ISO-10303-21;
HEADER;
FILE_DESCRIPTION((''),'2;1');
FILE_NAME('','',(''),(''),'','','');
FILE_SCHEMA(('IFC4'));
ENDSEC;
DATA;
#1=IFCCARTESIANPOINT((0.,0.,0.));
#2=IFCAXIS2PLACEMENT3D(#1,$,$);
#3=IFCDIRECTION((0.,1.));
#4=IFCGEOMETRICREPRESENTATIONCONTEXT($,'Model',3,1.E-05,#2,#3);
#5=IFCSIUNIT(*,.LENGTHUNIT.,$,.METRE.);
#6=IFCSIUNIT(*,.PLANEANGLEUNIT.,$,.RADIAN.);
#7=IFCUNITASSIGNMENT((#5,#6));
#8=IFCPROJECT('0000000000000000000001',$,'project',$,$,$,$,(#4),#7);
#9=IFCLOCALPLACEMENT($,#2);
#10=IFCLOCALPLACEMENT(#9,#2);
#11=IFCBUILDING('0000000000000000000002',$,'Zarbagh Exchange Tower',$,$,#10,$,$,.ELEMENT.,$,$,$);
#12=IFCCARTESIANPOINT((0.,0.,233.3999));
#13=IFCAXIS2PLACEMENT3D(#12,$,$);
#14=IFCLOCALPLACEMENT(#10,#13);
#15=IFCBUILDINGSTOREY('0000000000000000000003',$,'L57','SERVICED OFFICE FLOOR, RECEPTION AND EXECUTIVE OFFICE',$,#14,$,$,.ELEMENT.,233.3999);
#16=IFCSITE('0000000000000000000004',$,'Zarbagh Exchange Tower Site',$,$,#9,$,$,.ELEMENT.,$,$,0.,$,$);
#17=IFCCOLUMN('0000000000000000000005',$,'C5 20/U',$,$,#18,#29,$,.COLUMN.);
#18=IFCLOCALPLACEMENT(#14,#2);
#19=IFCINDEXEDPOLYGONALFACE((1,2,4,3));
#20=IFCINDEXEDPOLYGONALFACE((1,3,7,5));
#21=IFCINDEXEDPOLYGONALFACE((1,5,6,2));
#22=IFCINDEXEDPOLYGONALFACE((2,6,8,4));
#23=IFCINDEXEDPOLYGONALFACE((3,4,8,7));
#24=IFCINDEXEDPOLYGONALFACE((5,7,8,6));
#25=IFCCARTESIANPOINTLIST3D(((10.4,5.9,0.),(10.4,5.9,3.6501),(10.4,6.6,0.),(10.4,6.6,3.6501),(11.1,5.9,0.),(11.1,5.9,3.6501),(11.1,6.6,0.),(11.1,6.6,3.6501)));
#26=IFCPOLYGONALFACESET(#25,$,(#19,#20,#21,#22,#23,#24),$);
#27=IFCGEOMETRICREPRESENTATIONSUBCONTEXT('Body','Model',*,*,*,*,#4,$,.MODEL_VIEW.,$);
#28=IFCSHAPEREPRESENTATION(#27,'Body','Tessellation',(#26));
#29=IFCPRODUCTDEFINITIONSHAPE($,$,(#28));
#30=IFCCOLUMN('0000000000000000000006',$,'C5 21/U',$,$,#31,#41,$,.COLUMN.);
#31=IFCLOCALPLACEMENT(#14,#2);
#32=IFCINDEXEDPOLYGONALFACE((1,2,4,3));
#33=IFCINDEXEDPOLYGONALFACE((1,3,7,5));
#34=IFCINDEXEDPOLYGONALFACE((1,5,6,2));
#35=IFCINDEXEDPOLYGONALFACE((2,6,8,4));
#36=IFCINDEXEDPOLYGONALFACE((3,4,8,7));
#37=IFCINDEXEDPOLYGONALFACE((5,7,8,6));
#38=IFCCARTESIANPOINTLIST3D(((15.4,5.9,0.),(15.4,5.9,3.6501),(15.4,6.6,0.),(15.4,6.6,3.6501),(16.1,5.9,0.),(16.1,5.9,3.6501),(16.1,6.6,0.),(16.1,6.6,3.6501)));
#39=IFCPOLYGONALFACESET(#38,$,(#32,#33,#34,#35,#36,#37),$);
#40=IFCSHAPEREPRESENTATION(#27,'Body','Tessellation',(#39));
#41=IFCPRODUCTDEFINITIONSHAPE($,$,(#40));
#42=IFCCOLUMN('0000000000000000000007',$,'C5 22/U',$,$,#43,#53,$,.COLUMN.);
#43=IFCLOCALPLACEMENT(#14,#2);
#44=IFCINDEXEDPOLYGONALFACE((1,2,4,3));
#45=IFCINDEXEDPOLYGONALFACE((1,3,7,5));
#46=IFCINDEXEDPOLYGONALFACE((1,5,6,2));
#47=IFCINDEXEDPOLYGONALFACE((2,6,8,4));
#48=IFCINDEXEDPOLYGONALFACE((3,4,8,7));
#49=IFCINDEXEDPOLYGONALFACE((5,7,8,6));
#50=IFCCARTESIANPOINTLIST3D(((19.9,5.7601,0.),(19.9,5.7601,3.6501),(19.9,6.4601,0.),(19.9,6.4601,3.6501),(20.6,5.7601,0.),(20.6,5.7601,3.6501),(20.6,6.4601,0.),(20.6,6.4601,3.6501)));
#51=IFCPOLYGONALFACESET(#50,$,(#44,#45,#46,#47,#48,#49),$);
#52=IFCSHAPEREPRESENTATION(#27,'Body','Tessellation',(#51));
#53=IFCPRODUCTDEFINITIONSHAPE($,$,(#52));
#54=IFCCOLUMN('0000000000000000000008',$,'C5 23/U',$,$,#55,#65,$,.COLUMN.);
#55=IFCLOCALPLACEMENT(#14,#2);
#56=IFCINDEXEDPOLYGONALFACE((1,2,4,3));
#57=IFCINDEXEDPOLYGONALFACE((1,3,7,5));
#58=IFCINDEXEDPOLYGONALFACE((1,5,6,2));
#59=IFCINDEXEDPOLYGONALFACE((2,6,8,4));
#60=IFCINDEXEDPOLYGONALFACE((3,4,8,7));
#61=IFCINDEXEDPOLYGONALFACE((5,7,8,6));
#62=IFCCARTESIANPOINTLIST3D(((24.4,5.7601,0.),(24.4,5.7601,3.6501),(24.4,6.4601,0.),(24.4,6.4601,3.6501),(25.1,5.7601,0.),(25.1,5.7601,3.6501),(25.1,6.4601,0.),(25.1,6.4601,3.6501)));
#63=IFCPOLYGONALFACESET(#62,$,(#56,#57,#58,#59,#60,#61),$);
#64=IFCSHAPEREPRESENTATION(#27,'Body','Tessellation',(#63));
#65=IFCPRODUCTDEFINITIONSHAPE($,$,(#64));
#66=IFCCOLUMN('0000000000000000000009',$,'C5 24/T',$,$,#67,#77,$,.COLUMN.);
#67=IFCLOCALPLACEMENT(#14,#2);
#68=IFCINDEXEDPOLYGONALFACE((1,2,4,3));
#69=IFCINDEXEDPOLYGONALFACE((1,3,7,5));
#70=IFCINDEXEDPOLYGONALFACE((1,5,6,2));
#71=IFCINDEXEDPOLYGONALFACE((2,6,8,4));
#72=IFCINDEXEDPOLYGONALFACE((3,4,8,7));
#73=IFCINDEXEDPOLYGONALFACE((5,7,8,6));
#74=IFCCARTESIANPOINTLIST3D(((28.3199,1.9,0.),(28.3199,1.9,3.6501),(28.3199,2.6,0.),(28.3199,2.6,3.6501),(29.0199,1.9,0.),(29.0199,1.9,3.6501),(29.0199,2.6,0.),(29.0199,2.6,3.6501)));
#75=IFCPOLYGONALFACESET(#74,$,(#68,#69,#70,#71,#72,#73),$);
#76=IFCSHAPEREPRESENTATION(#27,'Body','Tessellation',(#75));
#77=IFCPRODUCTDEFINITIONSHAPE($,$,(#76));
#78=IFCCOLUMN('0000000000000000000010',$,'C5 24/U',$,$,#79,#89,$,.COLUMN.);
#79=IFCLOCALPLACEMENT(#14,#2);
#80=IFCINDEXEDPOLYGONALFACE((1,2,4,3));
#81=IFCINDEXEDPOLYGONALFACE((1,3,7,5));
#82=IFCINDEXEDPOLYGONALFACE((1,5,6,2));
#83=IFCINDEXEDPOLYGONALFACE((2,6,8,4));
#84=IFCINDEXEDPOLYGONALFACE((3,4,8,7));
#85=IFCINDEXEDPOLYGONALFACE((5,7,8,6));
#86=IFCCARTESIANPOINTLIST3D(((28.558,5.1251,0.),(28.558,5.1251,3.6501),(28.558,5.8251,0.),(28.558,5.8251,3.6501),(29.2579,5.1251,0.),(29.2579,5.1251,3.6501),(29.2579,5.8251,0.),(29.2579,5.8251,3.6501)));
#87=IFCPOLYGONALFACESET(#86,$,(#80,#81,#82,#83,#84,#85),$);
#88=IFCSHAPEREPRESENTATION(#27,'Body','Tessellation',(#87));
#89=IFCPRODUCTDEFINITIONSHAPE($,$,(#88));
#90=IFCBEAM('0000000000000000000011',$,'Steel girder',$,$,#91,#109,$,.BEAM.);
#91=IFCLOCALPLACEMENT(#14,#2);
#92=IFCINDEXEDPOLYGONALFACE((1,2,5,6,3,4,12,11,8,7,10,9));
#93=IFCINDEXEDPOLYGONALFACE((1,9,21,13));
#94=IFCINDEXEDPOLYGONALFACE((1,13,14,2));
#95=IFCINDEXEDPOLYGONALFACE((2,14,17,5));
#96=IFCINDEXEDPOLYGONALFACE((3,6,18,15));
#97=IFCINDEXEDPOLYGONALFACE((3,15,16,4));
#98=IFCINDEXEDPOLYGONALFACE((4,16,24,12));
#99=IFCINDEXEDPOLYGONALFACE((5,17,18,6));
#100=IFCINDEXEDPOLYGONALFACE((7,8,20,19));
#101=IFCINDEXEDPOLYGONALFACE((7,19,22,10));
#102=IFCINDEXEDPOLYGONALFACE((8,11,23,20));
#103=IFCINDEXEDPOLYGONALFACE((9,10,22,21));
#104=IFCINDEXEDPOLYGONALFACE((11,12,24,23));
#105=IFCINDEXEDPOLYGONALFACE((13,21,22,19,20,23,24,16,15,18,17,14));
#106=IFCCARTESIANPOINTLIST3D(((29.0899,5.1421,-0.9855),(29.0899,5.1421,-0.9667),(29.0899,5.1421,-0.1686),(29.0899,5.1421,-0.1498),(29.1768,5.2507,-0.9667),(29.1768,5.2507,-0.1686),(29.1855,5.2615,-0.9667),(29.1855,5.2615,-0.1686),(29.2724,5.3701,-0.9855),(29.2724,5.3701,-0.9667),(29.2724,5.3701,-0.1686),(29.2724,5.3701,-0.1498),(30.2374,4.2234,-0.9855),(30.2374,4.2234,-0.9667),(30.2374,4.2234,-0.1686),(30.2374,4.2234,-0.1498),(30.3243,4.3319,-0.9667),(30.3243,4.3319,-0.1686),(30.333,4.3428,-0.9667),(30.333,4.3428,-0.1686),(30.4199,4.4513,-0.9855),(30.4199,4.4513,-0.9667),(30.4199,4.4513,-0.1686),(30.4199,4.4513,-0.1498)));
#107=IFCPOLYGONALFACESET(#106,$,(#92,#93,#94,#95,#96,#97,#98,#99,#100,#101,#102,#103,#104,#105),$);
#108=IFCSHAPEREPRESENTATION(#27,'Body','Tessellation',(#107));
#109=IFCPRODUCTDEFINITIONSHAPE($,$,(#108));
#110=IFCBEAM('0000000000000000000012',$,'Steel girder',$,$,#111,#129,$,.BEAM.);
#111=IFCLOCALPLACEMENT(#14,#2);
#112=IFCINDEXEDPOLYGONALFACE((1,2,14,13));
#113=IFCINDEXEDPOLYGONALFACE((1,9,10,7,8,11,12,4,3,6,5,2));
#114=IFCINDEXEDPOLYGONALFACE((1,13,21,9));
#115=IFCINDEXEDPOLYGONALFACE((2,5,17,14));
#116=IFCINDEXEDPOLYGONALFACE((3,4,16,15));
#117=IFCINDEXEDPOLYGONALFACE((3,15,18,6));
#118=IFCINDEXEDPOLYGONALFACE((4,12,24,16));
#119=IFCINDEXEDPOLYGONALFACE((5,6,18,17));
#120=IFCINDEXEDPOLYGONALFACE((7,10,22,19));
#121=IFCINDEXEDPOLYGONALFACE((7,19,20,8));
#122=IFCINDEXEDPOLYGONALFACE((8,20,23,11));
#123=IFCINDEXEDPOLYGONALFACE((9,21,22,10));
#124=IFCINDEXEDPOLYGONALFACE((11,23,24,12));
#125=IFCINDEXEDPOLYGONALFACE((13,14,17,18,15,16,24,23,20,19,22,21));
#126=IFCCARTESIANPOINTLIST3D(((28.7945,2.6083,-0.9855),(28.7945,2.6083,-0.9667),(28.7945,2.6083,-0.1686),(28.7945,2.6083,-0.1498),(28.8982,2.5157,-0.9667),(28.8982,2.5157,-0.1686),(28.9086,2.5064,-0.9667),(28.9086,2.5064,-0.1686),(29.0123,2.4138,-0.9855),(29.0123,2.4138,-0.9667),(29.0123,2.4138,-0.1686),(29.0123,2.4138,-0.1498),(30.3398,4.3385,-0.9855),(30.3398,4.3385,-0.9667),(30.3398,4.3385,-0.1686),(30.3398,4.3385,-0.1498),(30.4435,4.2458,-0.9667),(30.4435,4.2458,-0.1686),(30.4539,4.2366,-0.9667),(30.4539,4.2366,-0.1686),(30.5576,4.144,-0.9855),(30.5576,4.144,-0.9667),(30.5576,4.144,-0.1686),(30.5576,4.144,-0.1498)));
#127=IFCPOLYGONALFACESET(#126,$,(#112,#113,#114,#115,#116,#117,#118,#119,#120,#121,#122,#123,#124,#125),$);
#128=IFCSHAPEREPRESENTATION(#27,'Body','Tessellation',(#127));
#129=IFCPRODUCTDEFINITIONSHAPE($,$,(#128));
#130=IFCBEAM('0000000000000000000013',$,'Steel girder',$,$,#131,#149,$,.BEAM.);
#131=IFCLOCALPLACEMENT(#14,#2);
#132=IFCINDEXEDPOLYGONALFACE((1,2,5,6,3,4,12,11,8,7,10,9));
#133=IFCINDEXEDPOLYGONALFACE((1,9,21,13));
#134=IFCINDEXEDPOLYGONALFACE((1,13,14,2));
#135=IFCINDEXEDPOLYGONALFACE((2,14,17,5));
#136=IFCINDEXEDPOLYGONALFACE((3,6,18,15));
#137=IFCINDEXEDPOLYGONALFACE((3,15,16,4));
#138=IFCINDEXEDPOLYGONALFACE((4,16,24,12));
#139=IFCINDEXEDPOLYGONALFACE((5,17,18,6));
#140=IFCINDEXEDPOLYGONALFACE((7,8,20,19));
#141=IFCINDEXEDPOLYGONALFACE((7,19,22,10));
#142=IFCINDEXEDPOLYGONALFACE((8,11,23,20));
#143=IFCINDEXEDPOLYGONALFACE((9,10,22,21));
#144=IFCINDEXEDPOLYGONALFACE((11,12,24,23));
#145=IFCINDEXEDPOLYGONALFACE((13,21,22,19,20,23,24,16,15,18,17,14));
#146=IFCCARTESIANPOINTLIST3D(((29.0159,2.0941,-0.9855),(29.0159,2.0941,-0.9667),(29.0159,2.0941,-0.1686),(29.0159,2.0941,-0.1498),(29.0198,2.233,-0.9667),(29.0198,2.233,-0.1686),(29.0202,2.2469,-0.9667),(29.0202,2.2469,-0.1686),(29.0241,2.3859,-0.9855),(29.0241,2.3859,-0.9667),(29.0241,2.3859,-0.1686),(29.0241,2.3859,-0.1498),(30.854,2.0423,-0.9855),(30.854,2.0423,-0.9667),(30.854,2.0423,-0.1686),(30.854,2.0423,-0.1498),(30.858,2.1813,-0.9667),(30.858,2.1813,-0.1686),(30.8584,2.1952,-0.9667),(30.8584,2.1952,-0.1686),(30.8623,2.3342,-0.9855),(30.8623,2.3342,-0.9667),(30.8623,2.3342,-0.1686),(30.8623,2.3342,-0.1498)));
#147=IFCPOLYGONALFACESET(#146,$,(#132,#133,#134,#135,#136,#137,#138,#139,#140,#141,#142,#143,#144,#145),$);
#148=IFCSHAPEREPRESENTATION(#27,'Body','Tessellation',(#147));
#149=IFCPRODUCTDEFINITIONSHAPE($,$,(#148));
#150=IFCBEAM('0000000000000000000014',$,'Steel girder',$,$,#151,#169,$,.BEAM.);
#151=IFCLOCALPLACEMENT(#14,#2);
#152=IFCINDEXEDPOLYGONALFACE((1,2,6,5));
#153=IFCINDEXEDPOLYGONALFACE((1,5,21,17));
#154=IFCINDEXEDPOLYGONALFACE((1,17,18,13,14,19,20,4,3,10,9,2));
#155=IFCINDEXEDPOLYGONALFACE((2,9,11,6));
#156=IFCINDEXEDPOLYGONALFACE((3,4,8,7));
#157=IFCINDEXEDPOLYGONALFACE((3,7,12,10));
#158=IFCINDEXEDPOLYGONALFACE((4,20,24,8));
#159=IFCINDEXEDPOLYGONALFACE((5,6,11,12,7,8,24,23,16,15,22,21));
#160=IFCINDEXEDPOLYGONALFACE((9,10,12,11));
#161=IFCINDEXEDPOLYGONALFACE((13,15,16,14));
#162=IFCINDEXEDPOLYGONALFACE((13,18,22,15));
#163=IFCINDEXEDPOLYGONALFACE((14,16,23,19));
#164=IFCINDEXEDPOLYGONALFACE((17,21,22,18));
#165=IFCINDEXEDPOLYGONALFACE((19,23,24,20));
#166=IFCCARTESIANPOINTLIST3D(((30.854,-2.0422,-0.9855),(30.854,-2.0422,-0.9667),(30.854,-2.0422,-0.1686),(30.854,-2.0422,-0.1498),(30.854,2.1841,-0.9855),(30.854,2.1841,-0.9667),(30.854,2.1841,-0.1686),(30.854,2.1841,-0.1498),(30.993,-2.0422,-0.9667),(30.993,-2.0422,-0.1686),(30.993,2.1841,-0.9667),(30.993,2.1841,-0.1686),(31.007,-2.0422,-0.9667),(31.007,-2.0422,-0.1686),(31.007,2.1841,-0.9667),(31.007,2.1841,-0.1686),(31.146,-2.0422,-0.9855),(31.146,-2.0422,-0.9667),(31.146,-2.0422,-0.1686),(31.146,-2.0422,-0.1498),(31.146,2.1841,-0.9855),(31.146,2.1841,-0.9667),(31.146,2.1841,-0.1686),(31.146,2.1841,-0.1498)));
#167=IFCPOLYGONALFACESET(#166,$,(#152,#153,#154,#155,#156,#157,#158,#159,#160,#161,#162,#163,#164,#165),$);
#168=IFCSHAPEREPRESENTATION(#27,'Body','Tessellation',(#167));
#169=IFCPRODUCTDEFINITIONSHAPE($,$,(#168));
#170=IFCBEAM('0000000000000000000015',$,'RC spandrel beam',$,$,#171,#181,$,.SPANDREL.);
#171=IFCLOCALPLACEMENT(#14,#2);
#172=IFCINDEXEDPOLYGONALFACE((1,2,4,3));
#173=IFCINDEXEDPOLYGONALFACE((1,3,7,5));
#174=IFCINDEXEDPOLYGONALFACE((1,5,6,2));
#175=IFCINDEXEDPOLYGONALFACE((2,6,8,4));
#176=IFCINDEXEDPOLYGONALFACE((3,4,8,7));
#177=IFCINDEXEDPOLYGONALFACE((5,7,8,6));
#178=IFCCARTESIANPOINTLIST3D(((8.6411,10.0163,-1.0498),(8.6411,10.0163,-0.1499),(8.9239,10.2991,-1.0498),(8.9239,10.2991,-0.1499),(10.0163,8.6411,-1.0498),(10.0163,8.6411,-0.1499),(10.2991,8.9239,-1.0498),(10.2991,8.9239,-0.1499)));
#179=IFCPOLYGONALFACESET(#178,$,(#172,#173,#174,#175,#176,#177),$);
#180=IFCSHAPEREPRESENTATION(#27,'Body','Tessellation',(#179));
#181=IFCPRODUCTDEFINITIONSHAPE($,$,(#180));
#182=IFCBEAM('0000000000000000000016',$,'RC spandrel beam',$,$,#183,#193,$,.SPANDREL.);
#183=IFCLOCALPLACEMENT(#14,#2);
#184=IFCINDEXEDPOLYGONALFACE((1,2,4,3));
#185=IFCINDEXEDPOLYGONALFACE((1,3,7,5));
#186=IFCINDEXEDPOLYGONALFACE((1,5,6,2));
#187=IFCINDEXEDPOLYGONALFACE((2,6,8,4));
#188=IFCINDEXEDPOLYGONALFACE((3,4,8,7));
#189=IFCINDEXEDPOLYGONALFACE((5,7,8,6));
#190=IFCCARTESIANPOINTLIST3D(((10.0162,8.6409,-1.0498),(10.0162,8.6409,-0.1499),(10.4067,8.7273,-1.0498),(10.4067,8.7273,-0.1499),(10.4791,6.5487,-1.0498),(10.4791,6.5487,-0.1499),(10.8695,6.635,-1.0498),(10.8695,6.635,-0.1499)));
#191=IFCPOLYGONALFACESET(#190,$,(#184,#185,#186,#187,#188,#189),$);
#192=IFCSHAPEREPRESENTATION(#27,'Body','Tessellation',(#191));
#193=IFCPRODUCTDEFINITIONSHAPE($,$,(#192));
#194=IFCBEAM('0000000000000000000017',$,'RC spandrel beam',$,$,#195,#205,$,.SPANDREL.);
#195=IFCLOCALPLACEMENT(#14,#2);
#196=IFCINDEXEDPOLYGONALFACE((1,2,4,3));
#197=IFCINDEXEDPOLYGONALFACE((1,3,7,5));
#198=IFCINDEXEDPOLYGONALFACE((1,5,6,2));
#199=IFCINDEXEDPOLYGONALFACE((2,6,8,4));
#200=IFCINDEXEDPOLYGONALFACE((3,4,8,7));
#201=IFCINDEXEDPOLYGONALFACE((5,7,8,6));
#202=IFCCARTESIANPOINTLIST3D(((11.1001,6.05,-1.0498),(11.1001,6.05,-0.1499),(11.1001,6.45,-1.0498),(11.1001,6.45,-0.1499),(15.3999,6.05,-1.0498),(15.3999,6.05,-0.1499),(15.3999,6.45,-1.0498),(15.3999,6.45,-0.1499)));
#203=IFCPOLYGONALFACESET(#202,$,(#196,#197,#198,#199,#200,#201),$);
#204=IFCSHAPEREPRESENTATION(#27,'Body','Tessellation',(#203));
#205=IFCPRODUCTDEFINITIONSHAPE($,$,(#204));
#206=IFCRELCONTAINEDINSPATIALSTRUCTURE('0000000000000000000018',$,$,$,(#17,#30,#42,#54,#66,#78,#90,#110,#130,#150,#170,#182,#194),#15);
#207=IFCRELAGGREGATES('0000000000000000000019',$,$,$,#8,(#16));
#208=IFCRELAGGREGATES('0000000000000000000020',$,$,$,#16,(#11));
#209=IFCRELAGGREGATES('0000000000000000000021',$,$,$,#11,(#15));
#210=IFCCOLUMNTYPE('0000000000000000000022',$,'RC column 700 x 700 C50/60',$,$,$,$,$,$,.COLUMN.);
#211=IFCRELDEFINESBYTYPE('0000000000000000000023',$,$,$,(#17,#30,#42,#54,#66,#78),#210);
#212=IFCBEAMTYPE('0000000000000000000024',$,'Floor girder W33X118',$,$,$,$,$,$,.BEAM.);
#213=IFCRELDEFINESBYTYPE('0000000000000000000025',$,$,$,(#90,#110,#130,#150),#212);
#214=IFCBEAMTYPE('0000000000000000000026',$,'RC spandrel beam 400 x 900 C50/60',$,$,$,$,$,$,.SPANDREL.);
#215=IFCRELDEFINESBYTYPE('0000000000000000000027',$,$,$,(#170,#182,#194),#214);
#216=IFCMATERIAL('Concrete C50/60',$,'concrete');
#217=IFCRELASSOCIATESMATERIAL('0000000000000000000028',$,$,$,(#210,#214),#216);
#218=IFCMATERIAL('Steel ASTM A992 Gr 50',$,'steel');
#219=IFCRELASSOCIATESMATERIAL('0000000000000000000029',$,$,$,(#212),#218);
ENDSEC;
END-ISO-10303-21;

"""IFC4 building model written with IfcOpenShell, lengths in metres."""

from ifc_helpers import new_model, si_unit, direction, frame, origin, origin_2d, place, context, subcontext, project, spatial, rectangle, i_section, extrude, material, material_profile, profile_set, type_object, element, save


model = new_model("IFC4")

# Units and contexts
model_context = context("Model", 3, precision=1e-05, world=origin(), true_north=direction((0.0, 1.0)))
body_context = subcontext(model_context, "Body", "Model", "MODEL_VIEW")
ifc_project = project(units=[si_unit("LENGTHUNIT", "METRE"), si_unit("PLANEANGLEUNIT", "RADIAN")], contexts=[model_context])

# Site, building, storey
site_placement = place(None, origin())
site = spatial("IfcSite", under=ifc_project, at=site_placement, Name="Zarbagh Exchange Tower Site", CompositionType="ELEMENT", RefElevation=0.0)
building_placement = place(site_placement, origin())
building = spatial("IfcBuilding", under=site, at=building_placement, Name="Zarbagh Exchange Tower", CompositionType="ELEMENT")
storey_placement = place(building_placement, frame((0.0, 0.0, 233.3999)))
storey = spatial("IfcBuildingStorey", under=building, at=storey_placement, Name="L57", Description="SERVICED OFFICE FLOOR, RECEPTION AND EXECUTIVE OFFICE", CompositionType="ELEMENT", Elevation=233.3999)

# Columns
ifc_material_1 = material(Name="Concrete C50/60", Category="concrete")
ifc_material_profile_1 = material_profile(ifc_material_1, rectangle(XDim=0.7, YDim=0.7, at=origin_2d()), Name="RC column 700 x 700 C50/60")
ifc_profile_set_1 = profile_set([ifc_material_profile_1], Name="Concrete C50/60")
column_type = type_object("IfcColumnType", Name="RC column 700 x 700 C50/60", PredefinedType="COLUMN", material=ifc_profile_set_1)
for number, where, z_axis, x_axis, name in (
    (1, (10.75, 6.25, 0.0), (0.0, 0.0, 1.0), (1.0, 0.0, 0.0), "C5 20/U"),
    (2, (15.75, 6.25, 0.0), (0.0, 0.0, 1.0), (1.0, 0.0, 0.0), "C5 21/U"),
    (3, (20.25, 6.1101, 0.0), (0.0, 0.0, 1.0), (1.0, 0.0, 0.0), "C5 22/U"),
    (4, (24.75, 6.1101, 0.0), (0.0, 0.0, 1.0), (1.0, 0.0, 0.0), "C5 23/U"),
    (5, (28.6699, 2.25, 0.0), (0.0, 0.0, 1.0), (1.0, 0.0, 0.0), "C5 24/T"),
    (6, (28.908, 5.4751, 0.0), (0.0, 0.0, 1.0), (1.0, 0.0, 0.0), "C5 24/U"),
):
    element("IfcColumn", number, at=place(storey_placement, frame(where, z_axis=z_axis, x_axis=x_axis)), inside=storey, type_object=column_type, Name=name, PredefinedType="COLUMN", context=body_context, shape_type="SweptSolid", body=[
        extrude(rectangle(XDim=0.7, YDim=0.7, at=origin_2d()), origin(), (0.0, 0.0, 1.0), 3.6501),
    ])

# Beams
ifc_material_2 = material(Name="Steel ASTM A992 Gr 50", Category="steel")
ifc_material_profile_2 = material_profile(ifc_material_2, i_section(OverallWidth=0.292, OverallDepth=0.8357, WebThickness=0.0139, FlangeThickness=0.0188, at=origin_2d()), Name="W33X118")
ifc_profile_set_2 = profile_set([ifc_material_profile_2], Name="Steel ASTM A992 Gr 50")
beam_type_1 = type_object("IfcBeamType", Name="Floor girder W33X118", PredefinedType="BEAM", material=ifc_profile_set_2)
beam_1_placement = place(storey_placement, frame((29.1812, 5.2561, -0.5676), z_axis=(0.780626, -0.624999, 0.0), x_axis=(0.624999, 0.780626, 0.0)))
element("IfcBeam", 7, at=beam_1_placement, inside=storey, type_object=beam_type_1, Name="Steel girder", PredefinedType="BEAM", context=body_context, shape_type="SweptSolid", body=[
    extrude(i_section(OverallWidth=0.292, OverallDepth=0.8357, WebThickness=0.0139, FlangeThickness=0.0188, at=origin_2d()), origin(), (0.0, 0.0, 1.0), 1.47),
])
beam_2_placement = place(storey_placement, frame((30.4487, 4.2412, -0.5676), z_axis=(-0.666152, -0.745816, 0.0), x_axis=(0.745816, -0.666152, 0.0)))
element("IfcBeam", 8, at=beam_2_placement, inside=storey, type_object=beam_type_1, Name="Steel girder", PredefinedType="BEAM", context=body_context, shape_type="SweptSolid", body=[
    extrude(i_section(OverallWidth=0.292, OverallDepth=0.8357, WebThickness=0.0139, FlangeThickness=0.0188, at=origin_2d()), origin(), (0.0, 0.0, 1.0), 2.3198),
])
beam_3_placement = place(storey_placement, frame((29.02, 2.24, -0.5676), z_axis=(0.999604, -0.028147, 0.0), x_axis=(0.028147, 0.999604, 0.0)))
element("IfcBeam", 9, at=beam_3_placement, inside=storey, type_object=beam_type_1, Name="Steel girder", PredefinedType="BEAM", context=body_context, shape_type="SweptSolid", body=[
    extrude(i_section(OverallWidth=0.292, OverallDepth=0.8357, WebThickness=0.0139, FlangeThickness=0.0188, at=origin_2d()), origin(), (0.0, 0.0, 1.0), 1.8389),
])
beam_4_placement = place(storey_placement, frame((31.0, 2.1841, -0.5676), z_axis=(0.0, -1.0, 0.0), x_axis=(1.0, 0.0, 0.0)))
element("IfcBeam", 10, at=beam_4_placement, inside=storey, type_object=beam_type_1, Name="Steel girder", PredefinedType="BEAM", context=body_context, shape_type="SweptSolid", body=[
    extrude(i_section(OverallWidth=0.292, OverallDepth=0.8357, WebThickness=0.0139, FlangeThickness=0.0188, at=origin_2d()), origin(), (0.0, 0.0, 1.0), 4.2263),
])
ifc_material_profile_3 = material_profile(ifc_material_1, rectangle(XDim=0.3999, YDim=0.8999, at=origin_2d()), Name="RC spandrel beam 400 x 900 C50/60")
ifc_profile_set_3 = profile_set([ifc_material_profile_3], Name="Concrete C50/60")
beam_type_2 = type_object("IfcBeamType", Name="RC spandrel beam 400 x 900 C50/60", PredefinedType="SPANDREL", material=ifc_profile_set_3)
beam_5_placement = place(storey_placement, frame((8.7825, 10.1577, -0.5999), z_axis=(0.707107, -0.707107, 0.0), x_axis=(0.707107, 0.707107, 0.0)))
element("IfcBeam", 11, at=beam_5_placement, inside=storey, type_object=beam_type_2, Name="RC spandrel beam", PredefinedType="SPANDREL", context=body_context, shape_type="SweptSolid", body=[
    extrude(rectangle(XDim=0.3999, YDim=0.8999, at=origin_2d()), origin(), (0.0, 0.0, 1.0), 1.9448),
])
beam_6_placement = place(storey_placement, frame((10.2114, 8.6841, -0.5999), z_axis=(0.216014, -0.97639, 0.0), x_axis=(0.97639, 0.216014, 0.0)))
element("IfcBeam", 12, at=beam_6_placement, inside=storey, type_object=beam_type_2, Name="RC spandrel beam", PredefinedType="SPANDREL", context=body_context, shape_type="SweptSolid", body=[
    extrude(rectangle(XDim=0.3999, YDim=0.8999, at=origin_2d()), origin(), (0.0, 0.0, 1.0), 2.1428),
])
beam_7_placement = place(storey_placement, frame((11.1001, 6.25, -0.5999), z_axis=(1.0, 0.0, 0.0), x_axis=(0.0, 1.0, 0.0)))
element("IfcBeam", 13, at=beam_7_placement, inside=storey, type_object=beam_type_2, Name="RC spandrel beam", PredefinedType="SPANDREL", context=body_context, shape_type="SweptSolid", body=[
    extrude(rectangle(XDim=0.3999, YDim=0.8999, at=origin_2d()), origin(), (0.0, 0.0, 1.0), 4.2998),
])

save(model, "model.ifc")
